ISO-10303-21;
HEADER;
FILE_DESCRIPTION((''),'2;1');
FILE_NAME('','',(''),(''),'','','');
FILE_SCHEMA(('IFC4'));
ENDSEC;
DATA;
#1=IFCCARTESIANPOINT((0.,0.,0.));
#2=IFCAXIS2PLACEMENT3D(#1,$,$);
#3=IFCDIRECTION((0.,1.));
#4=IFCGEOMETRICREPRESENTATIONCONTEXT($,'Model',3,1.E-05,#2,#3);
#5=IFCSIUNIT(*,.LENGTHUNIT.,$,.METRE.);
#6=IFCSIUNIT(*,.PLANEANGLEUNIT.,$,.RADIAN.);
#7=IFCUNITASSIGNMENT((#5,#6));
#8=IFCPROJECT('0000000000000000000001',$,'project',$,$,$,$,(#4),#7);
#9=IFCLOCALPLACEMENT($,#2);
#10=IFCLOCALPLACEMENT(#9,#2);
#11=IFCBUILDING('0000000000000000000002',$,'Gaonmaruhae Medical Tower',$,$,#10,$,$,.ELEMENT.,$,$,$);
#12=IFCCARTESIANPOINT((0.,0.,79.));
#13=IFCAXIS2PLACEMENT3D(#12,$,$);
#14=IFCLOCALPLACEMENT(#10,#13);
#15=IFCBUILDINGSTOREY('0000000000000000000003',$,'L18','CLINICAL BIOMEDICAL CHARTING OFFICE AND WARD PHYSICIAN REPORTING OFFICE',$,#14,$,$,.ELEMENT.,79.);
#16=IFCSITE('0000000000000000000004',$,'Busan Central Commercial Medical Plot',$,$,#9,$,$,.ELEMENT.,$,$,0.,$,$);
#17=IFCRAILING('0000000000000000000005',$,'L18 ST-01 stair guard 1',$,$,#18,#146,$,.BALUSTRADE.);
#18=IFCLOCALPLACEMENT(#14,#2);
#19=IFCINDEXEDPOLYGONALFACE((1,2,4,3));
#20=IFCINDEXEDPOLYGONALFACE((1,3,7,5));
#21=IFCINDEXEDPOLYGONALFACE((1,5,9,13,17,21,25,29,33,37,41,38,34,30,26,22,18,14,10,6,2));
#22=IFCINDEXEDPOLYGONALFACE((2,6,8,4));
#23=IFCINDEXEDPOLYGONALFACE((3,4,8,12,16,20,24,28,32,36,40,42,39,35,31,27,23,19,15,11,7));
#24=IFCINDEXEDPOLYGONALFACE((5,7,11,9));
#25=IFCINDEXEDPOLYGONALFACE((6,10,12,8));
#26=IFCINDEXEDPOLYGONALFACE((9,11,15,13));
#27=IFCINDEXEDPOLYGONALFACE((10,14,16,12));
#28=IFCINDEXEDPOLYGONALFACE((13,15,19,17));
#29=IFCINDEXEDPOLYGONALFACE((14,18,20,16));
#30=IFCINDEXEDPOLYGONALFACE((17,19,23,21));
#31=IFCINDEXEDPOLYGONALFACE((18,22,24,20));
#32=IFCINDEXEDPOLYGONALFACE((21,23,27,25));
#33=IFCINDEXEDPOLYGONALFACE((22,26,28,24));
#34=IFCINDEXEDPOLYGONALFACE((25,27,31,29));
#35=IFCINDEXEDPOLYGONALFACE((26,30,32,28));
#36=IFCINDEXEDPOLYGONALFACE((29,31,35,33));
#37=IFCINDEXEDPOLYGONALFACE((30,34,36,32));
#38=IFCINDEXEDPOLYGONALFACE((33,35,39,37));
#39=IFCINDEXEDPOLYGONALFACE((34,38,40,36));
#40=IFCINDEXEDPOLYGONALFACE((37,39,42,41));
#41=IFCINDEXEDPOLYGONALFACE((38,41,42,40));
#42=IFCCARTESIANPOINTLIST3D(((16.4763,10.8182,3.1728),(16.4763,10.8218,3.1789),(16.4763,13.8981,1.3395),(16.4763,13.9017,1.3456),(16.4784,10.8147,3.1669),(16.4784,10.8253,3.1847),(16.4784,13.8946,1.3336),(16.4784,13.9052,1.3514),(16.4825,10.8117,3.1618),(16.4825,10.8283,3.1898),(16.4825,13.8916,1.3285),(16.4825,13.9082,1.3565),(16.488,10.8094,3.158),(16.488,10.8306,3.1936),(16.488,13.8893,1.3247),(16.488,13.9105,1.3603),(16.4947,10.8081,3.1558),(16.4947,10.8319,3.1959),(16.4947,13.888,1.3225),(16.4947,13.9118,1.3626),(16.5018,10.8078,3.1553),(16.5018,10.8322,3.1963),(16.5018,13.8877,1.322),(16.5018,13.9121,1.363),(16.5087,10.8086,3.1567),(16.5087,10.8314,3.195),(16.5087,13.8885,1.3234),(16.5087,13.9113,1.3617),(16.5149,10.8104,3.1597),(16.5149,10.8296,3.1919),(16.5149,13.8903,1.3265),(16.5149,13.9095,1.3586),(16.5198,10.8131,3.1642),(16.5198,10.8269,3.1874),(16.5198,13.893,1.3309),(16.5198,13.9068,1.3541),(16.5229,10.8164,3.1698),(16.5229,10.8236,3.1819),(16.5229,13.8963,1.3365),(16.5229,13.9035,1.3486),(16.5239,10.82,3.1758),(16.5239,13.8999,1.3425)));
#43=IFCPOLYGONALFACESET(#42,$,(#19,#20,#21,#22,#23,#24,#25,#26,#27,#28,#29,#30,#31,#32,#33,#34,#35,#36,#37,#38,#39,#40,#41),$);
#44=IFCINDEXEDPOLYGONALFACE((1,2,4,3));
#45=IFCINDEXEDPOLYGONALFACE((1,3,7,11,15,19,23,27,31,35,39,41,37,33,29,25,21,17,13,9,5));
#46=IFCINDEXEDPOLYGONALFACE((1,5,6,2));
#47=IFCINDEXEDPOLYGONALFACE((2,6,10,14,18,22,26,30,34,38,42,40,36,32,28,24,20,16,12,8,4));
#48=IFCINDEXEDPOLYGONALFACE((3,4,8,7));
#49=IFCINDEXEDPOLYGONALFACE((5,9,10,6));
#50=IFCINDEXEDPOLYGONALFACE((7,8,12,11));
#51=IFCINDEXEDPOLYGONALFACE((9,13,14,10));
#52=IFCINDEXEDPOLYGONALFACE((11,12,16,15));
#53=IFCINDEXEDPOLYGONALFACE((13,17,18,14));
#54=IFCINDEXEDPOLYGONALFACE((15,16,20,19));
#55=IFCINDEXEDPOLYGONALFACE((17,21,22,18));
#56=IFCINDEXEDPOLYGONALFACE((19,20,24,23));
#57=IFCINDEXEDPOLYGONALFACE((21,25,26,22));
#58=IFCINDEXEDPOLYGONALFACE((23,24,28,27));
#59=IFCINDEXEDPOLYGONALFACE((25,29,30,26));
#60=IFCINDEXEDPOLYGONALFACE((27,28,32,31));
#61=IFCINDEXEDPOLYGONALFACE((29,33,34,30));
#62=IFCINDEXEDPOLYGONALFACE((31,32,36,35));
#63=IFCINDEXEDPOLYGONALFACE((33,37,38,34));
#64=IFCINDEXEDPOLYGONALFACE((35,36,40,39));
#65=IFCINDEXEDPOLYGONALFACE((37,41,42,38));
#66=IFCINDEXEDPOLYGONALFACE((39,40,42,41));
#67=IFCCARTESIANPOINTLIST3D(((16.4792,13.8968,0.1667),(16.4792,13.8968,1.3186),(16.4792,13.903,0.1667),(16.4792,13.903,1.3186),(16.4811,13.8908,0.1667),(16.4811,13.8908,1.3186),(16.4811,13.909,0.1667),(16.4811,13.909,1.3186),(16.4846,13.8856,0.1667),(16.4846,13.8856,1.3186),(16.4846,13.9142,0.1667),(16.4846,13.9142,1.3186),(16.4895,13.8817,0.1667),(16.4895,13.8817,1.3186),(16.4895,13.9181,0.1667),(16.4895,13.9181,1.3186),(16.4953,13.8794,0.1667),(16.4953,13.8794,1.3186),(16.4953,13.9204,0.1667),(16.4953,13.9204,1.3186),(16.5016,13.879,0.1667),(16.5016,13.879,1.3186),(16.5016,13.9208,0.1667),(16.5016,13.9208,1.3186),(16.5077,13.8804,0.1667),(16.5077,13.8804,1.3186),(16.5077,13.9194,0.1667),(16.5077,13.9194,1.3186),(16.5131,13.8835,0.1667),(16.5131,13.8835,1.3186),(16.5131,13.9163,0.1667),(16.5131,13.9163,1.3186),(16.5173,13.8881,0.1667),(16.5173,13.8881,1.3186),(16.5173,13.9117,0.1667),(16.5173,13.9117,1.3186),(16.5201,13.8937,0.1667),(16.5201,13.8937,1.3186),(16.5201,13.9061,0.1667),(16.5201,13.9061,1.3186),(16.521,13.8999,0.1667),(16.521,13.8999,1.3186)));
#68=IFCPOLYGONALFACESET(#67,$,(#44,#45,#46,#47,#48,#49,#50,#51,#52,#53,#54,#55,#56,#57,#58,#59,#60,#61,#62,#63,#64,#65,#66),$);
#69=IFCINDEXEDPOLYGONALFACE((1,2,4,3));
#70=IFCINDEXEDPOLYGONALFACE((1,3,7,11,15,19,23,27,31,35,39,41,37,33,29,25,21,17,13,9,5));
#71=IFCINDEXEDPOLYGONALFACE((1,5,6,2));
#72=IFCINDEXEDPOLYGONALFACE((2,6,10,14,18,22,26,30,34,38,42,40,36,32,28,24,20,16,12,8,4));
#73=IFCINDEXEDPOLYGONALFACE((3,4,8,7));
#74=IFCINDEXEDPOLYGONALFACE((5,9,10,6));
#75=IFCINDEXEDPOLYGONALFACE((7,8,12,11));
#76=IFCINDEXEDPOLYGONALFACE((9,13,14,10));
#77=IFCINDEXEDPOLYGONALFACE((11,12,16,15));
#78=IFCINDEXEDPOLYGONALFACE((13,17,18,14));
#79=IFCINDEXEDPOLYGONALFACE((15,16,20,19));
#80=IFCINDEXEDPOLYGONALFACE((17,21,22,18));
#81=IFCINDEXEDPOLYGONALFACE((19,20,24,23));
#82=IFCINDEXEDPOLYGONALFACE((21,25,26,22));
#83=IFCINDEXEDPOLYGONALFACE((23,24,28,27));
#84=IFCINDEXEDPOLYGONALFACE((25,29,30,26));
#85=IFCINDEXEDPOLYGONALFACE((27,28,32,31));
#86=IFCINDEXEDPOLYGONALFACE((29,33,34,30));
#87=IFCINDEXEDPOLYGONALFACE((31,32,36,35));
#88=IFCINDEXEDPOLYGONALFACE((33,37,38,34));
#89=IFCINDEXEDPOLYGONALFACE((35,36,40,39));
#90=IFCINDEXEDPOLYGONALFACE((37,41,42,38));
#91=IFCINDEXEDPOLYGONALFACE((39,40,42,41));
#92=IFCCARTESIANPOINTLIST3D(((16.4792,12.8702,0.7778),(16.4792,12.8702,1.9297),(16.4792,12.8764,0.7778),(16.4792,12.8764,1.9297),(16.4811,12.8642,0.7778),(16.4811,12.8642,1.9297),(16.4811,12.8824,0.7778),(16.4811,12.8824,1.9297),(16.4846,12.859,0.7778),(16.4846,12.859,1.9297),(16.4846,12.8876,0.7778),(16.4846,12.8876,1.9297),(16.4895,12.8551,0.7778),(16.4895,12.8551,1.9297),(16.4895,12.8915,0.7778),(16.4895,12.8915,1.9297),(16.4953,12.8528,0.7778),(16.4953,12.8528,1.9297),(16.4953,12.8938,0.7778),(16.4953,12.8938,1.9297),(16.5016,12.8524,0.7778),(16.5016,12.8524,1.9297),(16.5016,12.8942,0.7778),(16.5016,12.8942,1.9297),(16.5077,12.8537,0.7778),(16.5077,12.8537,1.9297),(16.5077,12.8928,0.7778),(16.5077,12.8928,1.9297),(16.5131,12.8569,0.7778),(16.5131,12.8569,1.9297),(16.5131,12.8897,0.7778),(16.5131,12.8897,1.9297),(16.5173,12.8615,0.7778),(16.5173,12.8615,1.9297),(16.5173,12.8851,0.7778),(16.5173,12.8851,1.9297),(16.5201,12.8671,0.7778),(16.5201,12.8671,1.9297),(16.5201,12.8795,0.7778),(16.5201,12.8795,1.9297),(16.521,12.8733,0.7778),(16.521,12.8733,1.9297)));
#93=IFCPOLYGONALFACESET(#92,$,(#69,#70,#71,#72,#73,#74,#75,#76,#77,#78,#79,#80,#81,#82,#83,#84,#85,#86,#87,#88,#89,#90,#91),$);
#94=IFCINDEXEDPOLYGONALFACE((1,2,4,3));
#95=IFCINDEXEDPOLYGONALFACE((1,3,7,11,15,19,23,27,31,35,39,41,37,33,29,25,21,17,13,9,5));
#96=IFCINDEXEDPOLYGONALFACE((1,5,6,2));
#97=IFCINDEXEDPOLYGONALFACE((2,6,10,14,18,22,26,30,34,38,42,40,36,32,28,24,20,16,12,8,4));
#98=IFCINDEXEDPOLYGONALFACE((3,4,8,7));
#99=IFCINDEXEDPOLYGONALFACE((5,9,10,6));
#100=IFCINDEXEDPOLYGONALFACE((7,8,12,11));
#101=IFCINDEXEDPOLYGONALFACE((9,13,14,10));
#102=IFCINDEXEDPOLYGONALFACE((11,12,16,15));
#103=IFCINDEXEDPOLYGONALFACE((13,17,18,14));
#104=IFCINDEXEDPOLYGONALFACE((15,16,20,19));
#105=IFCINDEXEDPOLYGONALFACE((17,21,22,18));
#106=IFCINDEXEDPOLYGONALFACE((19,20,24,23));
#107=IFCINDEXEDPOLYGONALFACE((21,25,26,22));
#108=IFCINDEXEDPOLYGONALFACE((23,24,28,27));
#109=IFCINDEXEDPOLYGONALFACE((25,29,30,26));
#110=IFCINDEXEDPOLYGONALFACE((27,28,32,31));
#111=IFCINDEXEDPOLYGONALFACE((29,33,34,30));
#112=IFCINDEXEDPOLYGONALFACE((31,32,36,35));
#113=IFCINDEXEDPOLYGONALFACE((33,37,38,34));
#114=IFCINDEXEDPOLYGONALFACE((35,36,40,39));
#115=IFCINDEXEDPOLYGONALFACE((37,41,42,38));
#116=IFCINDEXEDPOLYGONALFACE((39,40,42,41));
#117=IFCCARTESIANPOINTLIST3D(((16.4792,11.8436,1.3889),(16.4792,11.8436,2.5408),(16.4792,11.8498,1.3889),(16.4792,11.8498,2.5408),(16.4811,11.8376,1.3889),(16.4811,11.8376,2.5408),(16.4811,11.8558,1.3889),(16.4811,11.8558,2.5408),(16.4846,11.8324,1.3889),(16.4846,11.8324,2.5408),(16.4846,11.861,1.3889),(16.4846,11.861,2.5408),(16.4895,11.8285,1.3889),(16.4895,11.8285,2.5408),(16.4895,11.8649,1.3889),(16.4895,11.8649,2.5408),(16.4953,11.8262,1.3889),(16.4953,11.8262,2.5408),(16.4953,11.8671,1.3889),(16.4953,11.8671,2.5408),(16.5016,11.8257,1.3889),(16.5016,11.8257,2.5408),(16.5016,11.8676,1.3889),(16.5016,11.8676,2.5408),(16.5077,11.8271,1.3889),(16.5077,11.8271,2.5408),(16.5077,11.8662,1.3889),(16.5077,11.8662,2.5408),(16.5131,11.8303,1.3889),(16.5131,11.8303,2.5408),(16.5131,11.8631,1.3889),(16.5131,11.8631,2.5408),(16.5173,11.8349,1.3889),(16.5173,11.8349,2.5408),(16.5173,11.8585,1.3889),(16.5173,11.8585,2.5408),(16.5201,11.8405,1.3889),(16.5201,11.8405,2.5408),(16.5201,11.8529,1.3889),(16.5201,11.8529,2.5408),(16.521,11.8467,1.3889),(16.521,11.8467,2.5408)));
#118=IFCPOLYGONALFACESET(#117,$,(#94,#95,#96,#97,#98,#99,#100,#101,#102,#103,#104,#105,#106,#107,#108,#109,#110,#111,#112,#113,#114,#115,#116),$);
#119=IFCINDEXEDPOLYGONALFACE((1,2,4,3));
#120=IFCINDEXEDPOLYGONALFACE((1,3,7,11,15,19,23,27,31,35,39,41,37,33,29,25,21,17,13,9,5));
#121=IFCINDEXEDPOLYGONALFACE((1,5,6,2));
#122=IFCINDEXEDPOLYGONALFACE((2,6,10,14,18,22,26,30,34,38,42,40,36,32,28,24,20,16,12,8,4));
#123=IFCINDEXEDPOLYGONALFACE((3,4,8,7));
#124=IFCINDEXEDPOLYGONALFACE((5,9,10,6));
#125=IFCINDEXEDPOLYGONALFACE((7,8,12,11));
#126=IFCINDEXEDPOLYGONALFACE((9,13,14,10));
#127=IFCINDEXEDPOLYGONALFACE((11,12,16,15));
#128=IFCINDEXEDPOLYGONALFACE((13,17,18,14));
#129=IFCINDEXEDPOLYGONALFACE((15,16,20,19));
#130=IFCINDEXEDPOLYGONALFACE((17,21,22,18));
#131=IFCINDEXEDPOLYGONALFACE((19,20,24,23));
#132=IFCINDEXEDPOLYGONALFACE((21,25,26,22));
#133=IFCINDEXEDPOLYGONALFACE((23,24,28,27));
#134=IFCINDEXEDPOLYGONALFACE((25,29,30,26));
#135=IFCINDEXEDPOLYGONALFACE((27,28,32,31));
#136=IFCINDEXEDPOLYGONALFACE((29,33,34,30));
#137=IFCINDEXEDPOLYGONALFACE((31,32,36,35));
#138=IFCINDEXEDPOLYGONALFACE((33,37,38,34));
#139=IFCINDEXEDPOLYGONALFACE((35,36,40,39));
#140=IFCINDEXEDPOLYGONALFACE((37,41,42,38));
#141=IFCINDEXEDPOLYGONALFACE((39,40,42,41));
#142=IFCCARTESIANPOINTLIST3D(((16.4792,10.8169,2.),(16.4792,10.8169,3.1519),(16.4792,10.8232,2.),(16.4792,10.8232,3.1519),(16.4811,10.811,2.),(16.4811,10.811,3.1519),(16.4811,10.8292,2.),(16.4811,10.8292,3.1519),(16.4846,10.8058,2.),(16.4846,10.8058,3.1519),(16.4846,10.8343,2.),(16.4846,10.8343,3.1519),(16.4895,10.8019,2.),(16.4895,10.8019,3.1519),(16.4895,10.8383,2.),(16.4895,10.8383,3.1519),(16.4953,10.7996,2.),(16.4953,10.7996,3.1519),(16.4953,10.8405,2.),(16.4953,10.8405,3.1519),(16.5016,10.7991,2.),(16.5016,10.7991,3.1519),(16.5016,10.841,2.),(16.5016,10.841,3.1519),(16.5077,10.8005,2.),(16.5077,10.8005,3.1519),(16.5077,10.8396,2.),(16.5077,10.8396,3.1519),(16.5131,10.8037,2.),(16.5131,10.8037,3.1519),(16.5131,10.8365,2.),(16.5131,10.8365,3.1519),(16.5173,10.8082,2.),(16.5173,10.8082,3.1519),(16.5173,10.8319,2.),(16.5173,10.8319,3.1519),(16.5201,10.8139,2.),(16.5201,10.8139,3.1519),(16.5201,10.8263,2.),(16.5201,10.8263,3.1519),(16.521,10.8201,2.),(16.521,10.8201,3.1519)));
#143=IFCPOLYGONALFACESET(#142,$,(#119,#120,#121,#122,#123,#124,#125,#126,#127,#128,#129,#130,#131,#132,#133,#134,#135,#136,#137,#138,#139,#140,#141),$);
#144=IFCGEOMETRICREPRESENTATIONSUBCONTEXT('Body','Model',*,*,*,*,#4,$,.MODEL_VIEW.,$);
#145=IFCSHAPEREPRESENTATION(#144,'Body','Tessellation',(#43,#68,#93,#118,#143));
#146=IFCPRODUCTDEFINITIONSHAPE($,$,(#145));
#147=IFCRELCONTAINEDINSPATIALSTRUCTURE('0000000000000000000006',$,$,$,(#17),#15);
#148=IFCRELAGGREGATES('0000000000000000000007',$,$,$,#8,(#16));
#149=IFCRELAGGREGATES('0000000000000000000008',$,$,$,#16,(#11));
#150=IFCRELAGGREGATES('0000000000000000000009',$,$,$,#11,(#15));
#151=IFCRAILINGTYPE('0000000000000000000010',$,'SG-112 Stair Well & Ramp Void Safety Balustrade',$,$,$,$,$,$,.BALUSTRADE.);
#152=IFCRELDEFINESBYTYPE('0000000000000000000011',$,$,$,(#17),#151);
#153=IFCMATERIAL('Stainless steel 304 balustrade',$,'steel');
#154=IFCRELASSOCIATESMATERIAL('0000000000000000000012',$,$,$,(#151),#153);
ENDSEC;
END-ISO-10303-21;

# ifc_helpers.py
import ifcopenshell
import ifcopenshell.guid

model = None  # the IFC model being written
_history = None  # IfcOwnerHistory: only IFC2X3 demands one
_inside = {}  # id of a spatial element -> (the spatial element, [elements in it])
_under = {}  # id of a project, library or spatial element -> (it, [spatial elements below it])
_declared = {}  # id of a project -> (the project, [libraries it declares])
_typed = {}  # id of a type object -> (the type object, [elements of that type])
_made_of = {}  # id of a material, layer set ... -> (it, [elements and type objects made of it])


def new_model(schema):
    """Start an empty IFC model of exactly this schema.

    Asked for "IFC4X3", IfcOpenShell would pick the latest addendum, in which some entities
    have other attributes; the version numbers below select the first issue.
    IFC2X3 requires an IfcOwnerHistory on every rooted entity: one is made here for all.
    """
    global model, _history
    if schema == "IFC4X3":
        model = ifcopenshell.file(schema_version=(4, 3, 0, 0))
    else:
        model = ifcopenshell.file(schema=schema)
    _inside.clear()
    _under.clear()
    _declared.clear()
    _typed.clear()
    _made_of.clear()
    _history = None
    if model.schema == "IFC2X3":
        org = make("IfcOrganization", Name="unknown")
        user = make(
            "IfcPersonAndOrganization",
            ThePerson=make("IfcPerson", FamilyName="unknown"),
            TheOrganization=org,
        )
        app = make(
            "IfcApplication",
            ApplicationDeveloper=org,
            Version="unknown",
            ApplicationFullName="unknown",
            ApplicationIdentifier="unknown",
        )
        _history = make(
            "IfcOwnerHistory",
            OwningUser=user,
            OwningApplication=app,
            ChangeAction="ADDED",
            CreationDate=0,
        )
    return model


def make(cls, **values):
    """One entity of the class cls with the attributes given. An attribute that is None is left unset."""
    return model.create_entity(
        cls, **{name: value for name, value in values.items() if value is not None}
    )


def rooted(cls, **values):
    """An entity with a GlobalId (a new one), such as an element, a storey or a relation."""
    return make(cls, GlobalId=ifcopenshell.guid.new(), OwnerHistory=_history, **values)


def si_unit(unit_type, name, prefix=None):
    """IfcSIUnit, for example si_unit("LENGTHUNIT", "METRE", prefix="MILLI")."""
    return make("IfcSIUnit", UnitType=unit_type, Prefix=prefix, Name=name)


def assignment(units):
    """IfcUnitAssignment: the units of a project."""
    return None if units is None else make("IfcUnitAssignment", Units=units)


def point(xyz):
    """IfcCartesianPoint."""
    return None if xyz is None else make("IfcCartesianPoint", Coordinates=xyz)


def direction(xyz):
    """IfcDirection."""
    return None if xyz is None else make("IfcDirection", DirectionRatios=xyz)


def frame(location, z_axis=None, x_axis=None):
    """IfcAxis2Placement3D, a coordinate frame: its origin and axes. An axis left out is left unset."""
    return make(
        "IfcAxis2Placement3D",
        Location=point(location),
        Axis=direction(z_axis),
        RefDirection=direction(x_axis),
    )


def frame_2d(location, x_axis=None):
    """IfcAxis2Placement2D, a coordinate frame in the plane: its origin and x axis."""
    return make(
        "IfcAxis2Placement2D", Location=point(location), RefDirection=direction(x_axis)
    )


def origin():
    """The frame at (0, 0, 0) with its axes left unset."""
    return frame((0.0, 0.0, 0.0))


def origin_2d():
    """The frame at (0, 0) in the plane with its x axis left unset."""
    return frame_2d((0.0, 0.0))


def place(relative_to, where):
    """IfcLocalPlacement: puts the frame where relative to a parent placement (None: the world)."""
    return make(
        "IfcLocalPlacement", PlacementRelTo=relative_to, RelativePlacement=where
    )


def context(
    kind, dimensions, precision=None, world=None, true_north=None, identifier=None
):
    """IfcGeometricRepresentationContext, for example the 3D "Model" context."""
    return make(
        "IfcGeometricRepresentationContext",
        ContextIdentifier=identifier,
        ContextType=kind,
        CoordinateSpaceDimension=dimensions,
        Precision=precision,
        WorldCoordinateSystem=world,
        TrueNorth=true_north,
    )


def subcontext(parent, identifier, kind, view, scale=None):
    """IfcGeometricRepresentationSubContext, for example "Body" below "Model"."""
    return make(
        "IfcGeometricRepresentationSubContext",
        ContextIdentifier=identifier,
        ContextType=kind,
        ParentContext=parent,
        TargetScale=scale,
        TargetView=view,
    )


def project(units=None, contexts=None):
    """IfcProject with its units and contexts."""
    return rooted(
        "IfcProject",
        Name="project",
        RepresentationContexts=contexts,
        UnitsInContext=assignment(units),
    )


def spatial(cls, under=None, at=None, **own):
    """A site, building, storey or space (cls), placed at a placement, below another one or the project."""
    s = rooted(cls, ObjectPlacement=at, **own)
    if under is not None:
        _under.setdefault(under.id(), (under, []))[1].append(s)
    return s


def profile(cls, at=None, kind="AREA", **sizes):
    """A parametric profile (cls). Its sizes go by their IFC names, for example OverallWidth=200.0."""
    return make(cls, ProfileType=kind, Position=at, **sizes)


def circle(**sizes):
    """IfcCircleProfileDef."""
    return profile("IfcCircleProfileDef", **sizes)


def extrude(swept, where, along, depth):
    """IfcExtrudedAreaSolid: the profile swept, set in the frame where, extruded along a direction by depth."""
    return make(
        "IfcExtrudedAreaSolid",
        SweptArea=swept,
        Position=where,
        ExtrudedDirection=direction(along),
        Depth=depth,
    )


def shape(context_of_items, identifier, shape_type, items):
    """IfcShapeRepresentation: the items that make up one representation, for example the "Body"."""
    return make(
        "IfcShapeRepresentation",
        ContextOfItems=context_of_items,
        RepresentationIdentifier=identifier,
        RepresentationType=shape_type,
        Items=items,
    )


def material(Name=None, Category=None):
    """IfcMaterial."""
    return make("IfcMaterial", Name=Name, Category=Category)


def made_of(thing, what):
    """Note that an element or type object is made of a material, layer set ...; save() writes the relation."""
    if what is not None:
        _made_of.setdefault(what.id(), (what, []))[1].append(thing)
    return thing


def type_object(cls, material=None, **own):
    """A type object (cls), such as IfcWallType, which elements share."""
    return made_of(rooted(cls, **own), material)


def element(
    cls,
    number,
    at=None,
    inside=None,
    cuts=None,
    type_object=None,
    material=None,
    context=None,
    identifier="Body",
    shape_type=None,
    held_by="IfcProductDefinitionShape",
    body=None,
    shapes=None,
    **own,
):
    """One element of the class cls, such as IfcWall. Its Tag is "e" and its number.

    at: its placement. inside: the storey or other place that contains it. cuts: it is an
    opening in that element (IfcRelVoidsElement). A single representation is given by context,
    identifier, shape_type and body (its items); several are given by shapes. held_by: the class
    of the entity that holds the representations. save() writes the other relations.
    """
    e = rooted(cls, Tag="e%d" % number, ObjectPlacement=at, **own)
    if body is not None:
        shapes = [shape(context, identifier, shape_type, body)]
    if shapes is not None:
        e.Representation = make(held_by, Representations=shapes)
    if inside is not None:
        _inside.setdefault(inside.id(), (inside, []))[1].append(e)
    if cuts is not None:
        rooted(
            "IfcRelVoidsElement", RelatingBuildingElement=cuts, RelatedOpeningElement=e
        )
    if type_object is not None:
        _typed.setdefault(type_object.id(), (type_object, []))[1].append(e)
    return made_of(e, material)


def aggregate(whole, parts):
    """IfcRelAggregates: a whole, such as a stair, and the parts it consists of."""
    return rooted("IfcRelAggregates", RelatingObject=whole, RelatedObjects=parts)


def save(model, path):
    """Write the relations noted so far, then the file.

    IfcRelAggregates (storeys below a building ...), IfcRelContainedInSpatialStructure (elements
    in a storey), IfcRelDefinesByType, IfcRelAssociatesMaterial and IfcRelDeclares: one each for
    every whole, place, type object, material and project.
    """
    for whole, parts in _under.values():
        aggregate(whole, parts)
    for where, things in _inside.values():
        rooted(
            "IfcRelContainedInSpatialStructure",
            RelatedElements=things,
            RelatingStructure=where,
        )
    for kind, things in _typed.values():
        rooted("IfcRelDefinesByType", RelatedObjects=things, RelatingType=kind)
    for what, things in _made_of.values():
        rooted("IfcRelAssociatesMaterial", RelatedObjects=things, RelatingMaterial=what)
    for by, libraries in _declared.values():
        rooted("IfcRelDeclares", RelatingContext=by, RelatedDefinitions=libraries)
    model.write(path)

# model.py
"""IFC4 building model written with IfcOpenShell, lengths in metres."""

from ifc_helpers import new_model, si_unit, direction, frame, origin, origin_2d, place, context, subcontext, project, spatial, circle, extrude, material, type_object, element, save


model = new_model("IFC4")

# Units and contexts
model_context = context("Model", 3, precision=1e-05, world=origin(), true_north=direction((0.0, 1.0)))
body_context = subcontext(model_context, "Body", "Model", "MODEL_VIEW")
ifc_project = project(units=[si_unit("LENGTHUNIT", "METRE"), si_unit("PLANEANGLEUNIT", "RADIAN")], contexts=[model_context])

# Site, building, storey
site_placement = place(None, origin())
site = spatial("IfcSite", under=ifc_project, at=site_placement, Name="Busan Central Commercial Medical Plot", CompositionType="ELEMENT", RefElevation=0.0)
building_placement = place(site_placement, origin())
building = spatial("IfcBuilding", under=site, at=building_placement, Name="Gaonmaruhae Medical Tower", CompositionType="ELEMENT")
storey_placement = place(building_placement, frame((0.0, 0.0, 79.0)))
storey = spatial("IfcBuildingStorey", under=building, at=storey_placement, Name="L18", Description="CLINICAL BIOMEDICAL CHARTING OFFICE AND WARD PHYSICIAN REPORTING OFFICE", CompositionType="ELEMENT", Elevation=79.0)

# Railing
ifc_material_1 = material(Name="Stainless steel 304 balustrade", Category="steel")
railing_type_1 = type_object("IfcRailingType", Name="SG-112 Stair Well & Ramp Void Safety Balustrade", PredefinedType="BALUSTRADE", material=ifc_material_1)
railing_1_placement = place(storey_placement, frame((16.5, 13.8999, 0.1667)))
element("IfcRailing", 1, at=railing_1_placement, inside=storey, type_object=railing_type_1, Name="L18 ST-01 stair guard 1", PredefinedType="BALUSTRADE", context=body_context, shape_type="SweptSolid", body=[
    extrude(circle(Radius=0.0239, at=origin_2d()), frame((0.0, 0.0, 1.1758), z_axis=(0.0, -0.859291, 0.511487), x_axis=(1.0, 0.0, 0.0)), (0.0, 0.0, 1.0), 3.5842),
    extrude(circle(Radius=0.021, at=origin_2d()), origin(), (0.0, 0.0, 1.0), 1.1519),
    extrude(circle(Radius=0.021, at=origin_2d()), frame((0.0, -1.0266, 0.6111)), (0.0, 0.0, 1.0), 1.1519),
    extrude(circle(Radius=0.021, at=origin_2d()), frame((0.0, -2.0532, 1.2222)), (0.0, 0.0, 1.0), 1.1519),
    extrude(circle(Radius=0.021, at=origin_2d()), frame((0.0, -3.0798, 1.8333)), (0.0, 0.0, 1.0), 1.1519),
])

save(model, "model.ifc")
